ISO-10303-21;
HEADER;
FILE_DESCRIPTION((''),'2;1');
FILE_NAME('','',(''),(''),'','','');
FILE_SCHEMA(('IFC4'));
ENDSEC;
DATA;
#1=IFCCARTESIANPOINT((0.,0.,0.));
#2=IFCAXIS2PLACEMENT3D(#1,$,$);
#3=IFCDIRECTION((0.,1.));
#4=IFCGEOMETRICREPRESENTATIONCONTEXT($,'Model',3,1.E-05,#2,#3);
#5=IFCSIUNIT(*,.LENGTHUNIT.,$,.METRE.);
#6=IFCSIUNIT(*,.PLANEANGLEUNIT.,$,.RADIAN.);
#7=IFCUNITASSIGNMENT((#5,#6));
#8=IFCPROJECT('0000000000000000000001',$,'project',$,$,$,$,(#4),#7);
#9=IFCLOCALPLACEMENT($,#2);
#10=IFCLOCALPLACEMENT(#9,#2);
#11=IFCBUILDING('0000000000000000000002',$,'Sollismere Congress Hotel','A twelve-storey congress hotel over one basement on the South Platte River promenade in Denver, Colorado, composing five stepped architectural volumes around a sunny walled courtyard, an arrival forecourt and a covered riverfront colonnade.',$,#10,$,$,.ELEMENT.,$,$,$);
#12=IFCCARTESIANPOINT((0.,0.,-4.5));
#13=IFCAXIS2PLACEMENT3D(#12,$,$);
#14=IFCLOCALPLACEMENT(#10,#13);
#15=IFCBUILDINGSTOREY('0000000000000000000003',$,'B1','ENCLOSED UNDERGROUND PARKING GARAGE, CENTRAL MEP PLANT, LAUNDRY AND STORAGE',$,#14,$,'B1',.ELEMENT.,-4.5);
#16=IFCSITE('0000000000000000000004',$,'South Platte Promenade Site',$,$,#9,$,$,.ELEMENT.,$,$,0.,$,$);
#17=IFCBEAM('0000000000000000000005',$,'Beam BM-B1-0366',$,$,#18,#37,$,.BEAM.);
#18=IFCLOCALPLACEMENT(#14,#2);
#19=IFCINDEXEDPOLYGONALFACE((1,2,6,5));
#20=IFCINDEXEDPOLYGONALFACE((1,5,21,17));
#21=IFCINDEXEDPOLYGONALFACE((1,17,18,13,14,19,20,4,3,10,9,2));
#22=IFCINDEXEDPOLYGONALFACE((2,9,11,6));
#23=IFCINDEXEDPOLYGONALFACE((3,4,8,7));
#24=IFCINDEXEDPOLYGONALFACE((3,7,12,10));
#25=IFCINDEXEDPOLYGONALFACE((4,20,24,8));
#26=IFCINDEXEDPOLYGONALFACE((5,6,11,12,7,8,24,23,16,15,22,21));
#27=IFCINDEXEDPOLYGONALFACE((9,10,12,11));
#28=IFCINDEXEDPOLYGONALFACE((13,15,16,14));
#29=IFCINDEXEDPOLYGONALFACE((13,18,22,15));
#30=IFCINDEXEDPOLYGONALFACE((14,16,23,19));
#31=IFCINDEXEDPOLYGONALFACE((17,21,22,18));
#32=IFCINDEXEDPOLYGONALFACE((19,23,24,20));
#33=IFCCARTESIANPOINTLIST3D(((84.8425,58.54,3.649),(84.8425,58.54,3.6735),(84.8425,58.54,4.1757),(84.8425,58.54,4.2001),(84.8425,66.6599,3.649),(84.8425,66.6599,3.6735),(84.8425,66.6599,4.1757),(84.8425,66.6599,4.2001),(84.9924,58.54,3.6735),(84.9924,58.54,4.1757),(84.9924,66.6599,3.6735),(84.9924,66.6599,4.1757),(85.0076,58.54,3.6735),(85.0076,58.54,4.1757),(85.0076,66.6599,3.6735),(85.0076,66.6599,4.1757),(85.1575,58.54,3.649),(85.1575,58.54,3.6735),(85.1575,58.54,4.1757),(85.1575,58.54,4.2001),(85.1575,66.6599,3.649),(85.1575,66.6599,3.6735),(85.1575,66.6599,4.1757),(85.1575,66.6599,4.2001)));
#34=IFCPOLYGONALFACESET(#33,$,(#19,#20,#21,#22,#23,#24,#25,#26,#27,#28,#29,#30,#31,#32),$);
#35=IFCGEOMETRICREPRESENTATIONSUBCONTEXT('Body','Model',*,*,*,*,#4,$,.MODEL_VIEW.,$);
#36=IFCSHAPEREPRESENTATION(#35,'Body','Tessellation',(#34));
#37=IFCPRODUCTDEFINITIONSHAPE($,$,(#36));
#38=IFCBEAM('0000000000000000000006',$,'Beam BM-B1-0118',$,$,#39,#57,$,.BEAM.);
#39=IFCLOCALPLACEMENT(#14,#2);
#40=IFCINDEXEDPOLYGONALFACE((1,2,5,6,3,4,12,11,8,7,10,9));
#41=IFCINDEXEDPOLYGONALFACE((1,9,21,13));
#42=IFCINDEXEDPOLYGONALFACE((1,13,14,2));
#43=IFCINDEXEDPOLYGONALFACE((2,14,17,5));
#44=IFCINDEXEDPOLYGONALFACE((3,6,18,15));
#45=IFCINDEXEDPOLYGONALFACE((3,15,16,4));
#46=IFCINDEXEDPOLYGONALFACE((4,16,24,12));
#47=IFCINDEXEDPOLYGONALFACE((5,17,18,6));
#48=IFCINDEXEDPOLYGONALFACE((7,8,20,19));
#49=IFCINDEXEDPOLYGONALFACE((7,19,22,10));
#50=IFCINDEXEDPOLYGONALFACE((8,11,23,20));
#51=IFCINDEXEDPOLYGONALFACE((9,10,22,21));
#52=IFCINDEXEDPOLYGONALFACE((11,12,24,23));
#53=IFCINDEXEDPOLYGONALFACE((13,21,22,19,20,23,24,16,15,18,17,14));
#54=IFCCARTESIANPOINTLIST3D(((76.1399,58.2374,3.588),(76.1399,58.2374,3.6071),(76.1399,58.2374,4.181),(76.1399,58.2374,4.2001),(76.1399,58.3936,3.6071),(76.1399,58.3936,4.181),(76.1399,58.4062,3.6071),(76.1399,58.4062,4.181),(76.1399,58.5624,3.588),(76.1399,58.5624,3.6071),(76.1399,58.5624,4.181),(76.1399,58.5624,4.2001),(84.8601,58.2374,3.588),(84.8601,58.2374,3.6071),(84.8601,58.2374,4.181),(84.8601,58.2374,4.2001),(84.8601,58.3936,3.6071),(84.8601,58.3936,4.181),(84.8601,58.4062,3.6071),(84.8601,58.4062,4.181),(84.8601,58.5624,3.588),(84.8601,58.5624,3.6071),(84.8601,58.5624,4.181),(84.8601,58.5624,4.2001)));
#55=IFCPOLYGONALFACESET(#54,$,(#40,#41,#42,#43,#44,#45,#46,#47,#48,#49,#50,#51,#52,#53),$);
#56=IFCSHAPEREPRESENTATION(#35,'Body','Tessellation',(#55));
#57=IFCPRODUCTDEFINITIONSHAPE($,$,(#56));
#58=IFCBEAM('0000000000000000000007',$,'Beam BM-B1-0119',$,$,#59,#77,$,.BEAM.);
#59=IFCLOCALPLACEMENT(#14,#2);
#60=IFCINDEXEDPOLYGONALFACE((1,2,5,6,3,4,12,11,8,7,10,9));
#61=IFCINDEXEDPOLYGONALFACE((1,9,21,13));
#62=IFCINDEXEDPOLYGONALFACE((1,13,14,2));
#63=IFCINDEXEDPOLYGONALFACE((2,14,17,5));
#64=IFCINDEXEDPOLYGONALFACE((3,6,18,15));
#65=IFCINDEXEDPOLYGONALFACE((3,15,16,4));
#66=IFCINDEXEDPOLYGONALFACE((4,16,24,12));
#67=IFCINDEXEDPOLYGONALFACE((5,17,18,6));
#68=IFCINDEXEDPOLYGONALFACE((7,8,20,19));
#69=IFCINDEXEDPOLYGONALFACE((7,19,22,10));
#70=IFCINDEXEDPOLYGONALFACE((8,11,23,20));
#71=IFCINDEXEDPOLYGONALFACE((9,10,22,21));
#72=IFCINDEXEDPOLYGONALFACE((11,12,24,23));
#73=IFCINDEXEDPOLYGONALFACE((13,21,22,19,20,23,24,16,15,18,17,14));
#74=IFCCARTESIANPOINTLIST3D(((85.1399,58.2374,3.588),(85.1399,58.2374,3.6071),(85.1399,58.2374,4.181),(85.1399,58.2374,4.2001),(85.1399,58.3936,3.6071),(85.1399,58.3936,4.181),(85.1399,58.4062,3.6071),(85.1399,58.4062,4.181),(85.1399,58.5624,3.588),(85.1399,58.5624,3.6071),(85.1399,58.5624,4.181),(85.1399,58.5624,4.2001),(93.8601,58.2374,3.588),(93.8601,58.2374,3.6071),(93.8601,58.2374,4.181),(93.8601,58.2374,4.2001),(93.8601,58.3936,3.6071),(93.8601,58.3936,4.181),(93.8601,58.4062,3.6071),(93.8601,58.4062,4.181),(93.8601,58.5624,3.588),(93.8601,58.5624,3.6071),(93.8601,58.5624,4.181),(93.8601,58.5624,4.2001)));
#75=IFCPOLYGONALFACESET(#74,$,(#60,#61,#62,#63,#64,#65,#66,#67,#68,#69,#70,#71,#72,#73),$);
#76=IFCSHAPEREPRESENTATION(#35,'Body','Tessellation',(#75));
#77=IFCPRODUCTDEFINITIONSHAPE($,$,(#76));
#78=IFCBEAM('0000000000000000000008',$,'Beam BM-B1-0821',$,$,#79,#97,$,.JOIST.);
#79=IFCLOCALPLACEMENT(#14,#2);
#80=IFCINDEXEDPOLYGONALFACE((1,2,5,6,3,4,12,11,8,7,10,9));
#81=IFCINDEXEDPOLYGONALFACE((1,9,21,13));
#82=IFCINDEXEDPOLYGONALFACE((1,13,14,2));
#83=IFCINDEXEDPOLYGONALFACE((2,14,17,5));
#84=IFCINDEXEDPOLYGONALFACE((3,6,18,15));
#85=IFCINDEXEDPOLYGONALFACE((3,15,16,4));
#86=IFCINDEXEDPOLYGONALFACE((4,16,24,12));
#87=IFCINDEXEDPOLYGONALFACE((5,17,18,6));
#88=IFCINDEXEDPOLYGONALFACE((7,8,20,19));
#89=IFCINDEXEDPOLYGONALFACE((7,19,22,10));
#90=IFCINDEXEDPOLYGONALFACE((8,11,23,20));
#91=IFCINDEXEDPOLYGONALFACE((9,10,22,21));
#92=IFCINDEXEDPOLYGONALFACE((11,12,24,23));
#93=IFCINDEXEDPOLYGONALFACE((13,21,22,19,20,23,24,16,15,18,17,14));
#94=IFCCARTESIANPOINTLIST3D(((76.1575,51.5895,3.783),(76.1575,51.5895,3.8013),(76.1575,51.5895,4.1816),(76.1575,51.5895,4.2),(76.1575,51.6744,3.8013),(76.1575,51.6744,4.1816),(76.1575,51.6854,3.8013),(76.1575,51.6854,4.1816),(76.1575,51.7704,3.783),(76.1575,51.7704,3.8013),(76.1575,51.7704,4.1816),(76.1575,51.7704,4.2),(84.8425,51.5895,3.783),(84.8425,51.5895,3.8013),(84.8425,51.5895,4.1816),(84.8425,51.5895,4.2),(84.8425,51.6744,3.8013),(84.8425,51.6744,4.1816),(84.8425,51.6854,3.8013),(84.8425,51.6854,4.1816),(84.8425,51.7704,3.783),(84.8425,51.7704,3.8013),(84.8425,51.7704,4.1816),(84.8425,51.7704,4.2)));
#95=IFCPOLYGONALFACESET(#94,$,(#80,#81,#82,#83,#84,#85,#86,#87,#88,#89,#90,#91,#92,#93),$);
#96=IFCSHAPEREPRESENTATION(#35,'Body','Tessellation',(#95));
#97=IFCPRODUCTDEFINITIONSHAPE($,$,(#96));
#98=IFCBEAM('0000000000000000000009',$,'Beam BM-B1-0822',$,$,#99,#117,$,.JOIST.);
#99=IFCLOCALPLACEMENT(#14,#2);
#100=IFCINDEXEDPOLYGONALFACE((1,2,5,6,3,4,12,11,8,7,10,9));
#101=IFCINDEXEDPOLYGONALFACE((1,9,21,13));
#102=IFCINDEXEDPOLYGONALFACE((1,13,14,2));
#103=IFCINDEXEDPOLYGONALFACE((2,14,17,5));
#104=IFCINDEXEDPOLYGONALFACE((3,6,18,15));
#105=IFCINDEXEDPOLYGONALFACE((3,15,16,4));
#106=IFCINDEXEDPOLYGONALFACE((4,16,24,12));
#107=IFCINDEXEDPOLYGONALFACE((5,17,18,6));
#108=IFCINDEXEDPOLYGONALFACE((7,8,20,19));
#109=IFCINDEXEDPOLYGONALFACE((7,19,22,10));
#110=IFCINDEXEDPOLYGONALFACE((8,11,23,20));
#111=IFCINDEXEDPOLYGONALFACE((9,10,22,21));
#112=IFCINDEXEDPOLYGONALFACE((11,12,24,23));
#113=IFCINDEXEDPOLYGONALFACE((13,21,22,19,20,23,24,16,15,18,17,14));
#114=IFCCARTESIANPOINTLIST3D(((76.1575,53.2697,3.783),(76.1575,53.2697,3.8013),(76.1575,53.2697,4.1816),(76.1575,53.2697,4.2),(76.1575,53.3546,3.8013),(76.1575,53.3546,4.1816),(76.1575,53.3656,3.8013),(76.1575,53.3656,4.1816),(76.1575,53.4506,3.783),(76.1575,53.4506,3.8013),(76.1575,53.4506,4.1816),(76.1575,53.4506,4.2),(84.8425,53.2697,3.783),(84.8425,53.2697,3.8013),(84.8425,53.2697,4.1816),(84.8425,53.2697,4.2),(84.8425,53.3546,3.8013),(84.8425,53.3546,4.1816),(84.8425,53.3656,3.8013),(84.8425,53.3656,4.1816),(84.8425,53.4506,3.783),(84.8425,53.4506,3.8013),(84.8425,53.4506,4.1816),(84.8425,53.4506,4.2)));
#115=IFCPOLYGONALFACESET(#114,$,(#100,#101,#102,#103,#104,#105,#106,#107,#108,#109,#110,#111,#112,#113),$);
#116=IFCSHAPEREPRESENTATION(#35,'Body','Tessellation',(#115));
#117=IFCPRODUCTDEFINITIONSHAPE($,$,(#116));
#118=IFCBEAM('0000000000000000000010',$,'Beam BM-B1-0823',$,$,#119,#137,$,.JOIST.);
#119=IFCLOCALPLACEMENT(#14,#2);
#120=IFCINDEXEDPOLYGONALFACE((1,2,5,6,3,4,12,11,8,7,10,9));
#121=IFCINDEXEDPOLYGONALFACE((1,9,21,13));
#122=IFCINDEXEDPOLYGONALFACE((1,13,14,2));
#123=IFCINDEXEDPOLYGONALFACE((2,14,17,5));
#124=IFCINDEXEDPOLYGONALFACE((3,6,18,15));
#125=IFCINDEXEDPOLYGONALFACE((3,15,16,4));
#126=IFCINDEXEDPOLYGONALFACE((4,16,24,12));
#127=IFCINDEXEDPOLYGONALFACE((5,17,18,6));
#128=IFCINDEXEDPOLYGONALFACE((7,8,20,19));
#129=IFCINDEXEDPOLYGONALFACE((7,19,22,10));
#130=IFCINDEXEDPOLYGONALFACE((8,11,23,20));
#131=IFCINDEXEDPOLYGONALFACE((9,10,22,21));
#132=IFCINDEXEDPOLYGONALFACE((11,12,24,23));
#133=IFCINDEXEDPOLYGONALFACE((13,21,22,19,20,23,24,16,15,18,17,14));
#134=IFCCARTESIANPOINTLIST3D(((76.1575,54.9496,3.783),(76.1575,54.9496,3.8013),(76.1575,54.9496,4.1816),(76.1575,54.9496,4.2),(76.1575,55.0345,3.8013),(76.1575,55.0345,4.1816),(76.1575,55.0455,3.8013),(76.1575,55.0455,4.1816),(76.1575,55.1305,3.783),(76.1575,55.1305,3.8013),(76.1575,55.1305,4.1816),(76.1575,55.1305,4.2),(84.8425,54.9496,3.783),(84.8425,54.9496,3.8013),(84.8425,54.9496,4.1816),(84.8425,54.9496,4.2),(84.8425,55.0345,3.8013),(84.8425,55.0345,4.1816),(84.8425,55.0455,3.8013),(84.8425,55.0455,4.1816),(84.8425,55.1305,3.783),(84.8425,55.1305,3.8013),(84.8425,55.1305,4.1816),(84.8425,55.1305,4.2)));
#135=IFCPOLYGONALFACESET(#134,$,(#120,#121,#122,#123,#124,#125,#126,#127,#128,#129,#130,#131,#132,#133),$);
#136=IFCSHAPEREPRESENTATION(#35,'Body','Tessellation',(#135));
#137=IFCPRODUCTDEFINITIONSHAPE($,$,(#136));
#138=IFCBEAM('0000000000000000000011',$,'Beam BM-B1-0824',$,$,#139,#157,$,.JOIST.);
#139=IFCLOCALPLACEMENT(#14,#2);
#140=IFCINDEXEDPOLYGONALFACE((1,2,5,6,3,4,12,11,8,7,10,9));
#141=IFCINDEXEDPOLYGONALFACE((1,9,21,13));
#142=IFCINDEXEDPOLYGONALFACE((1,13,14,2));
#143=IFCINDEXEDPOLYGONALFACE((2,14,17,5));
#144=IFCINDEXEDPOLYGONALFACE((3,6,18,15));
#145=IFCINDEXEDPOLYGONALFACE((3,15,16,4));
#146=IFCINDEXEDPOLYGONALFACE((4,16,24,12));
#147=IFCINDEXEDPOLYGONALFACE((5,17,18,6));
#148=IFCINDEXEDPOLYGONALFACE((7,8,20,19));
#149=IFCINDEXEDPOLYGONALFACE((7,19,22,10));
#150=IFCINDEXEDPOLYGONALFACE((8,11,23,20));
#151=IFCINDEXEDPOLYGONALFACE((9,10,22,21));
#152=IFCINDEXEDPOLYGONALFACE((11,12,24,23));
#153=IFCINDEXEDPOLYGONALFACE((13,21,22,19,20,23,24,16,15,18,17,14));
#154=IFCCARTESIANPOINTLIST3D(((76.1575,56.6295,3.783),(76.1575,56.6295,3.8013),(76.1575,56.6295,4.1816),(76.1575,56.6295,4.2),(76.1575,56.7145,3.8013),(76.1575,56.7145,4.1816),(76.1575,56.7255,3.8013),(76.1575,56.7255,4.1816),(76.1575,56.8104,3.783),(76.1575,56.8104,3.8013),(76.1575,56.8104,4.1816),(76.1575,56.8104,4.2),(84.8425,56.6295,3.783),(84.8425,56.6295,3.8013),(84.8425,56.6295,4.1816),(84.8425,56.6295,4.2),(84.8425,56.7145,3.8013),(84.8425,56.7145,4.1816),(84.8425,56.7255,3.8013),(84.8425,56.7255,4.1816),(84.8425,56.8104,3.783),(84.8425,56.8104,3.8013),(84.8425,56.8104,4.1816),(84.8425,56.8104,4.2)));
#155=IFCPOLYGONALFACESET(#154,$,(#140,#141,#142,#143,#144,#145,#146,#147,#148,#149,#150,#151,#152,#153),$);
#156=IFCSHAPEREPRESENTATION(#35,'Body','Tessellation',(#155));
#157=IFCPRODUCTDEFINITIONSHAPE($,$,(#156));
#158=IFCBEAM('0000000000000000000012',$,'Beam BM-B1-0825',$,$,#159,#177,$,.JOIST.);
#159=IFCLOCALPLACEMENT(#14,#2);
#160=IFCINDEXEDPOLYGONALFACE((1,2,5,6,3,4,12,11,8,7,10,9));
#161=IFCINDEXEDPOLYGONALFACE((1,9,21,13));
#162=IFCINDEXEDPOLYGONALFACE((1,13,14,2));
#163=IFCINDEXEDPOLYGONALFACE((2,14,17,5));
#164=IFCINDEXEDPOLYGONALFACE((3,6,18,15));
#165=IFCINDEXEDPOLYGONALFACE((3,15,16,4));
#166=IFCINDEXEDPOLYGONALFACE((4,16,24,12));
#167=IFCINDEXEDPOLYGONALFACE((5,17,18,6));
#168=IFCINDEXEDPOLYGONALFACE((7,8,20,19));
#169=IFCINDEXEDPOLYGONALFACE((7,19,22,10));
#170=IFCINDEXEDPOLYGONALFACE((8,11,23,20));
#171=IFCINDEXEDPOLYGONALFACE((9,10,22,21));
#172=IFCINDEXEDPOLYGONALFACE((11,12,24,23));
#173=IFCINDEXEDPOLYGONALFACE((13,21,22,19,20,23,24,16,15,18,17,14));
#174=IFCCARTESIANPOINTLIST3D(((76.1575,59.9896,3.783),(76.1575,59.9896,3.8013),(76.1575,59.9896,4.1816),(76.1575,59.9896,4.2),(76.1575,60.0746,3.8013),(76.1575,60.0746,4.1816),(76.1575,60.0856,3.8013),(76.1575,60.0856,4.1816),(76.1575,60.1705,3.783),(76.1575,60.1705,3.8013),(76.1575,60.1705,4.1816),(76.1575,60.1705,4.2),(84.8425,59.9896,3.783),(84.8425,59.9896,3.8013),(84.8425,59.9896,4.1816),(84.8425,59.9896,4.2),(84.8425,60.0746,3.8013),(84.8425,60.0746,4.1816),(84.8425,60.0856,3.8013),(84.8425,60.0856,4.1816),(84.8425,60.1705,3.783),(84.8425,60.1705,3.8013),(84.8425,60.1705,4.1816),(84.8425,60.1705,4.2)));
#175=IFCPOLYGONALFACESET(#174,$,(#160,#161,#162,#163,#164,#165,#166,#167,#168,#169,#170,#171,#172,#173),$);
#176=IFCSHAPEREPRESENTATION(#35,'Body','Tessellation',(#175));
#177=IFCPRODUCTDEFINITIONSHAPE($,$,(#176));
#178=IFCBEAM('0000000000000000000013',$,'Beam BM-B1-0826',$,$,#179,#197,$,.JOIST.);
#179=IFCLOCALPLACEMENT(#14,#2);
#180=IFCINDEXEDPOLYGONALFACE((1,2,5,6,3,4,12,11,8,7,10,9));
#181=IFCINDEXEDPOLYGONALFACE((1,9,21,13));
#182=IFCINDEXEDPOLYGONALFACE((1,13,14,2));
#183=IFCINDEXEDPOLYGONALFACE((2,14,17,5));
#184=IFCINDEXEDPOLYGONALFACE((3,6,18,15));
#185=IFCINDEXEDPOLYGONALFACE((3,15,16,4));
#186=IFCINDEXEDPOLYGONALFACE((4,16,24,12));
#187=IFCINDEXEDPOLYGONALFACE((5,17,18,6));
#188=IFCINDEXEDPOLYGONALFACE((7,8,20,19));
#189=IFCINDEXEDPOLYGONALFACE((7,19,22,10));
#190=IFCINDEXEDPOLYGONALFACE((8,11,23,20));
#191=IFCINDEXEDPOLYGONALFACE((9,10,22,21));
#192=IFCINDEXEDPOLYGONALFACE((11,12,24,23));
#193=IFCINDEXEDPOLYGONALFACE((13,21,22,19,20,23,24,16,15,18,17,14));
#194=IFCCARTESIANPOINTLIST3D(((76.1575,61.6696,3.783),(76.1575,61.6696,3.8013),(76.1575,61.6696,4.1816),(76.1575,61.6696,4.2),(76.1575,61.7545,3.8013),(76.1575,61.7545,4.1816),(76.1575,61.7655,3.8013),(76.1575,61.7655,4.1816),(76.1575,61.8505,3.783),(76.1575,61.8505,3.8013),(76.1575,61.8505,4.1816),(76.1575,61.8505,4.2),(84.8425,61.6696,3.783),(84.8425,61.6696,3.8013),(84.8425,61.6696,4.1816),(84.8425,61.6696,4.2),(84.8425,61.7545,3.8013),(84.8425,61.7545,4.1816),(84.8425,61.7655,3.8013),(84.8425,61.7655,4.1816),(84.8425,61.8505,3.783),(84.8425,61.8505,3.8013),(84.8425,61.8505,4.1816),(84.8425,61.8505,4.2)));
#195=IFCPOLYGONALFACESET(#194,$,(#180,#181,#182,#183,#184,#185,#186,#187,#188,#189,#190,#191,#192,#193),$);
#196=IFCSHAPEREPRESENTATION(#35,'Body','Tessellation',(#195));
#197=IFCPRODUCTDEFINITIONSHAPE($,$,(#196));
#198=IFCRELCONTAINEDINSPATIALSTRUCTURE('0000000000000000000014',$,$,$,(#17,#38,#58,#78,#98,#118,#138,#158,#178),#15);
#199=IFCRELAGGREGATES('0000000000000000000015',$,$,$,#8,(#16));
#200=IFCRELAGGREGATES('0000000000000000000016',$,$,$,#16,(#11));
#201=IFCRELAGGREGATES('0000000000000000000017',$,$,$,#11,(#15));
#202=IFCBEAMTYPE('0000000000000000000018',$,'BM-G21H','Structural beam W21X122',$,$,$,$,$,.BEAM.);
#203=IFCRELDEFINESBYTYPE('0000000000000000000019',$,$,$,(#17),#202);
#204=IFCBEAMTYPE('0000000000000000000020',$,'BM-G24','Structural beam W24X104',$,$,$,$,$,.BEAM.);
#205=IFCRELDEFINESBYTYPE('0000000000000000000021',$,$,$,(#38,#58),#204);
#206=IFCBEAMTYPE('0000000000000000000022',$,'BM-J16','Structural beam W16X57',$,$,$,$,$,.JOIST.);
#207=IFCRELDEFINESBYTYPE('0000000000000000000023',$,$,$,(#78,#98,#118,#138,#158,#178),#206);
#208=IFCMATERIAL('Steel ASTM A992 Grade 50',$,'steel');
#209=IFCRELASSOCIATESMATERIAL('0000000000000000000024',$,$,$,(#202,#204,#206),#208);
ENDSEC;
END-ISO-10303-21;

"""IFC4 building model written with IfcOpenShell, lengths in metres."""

from ifc_helpers import new_model, si_unit, direction, frame, origin, origin_2d, place, context, subcontext, project, spatial, i_section, extrude, material, material_profile, profile_set, type_object, element, save


model = new_model("IFC4")

# Units and contexts
model_context = context("Model", 3, precision=1e-05, world=origin(), true_north=direction((0.0, 1.0)))
body_context = subcontext(model_context, "Body", "Model", "MODEL_VIEW")
ifc_project = project(units=[si_unit("LENGTHUNIT", "METRE"), si_unit("PLANEANGLEUNIT", "RADIAN")], contexts=[model_context])

# Site, building, storey
site_placement = place(None, origin())
site = spatial("IfcSite", under=ifc_project, at=site_placement, Name="South Platte Promenade Site", CompositionType="ELEMENT", RefElevation=0.0)
building_placement = place(site_placement, origin())
building = spatial("IfcBuilding", under=site, at=building_placement, Name="Sollismere Congress Hotel", Description="A twelve-storey congress hotel over one basement on the South Platte River promenade in Denver, Colorado, composing five stepped architectural volumes around a sunny walled courtyard, an arrival forecourt and a covered riverfront colonnade.", CompositionType="ELEMENT")
storey_placement = place(building_placement, frame((0.0, 0.0, -4.5)))
storey = spatial("IfcBuildingStorey", under=building, at=storey_placement, Name="B1", Description="ENCLOSED UNDERGROUND PARKING GARAGE, CENTRAL MEP PLANT, LAUNDRY AND STORAGE", LongName="B1", CompositionType="ELEMENT", Elevation=-4.5)

# Beams
ifc_material_1 = material(Name="Steel ASTM A992 Grade 50", Category="steel")
ifc_material_profile_1 = material_profile(ifc_material_1, i_section(OverallWidth=0.3149, OverallDepth=0.551, WebThickness=0.0151, FlangeThickness=0.0244, at=origin_2d()), Name="W21X122")
ifc_profile_set_1 = profile_set([ifc_material_profile_1], Name="Steel ASTM A992 Grade 50")
beam_type_1 = type_object("IfcBeamType", Name="BM-G21H", Description="Structural beam W21X122", PredefinedType="BEAM", material=ifc_profile_set_1)
for number, where, z_axis, x_axis, name in (
    (1, (85.0, 58.54, 3.9246), (0.0, 1.0, 0.0), (-1.0, 0.0, 0.0), "Beam BM-B1-0366"),
):
    element("IfcBeam", number, at=place(storey_placement, frame(where, z_axis=z_axis, x_axis=x_axis)), inside=storey, type_object=beam_type_1, Name=name, PredefinedType="BEAM", context=body_context, shape_type="SweptSolid", body=[
        extrude(i_section(OverallWidth=0.3149, OverallDepth=0.551, WebThickness=0.0151, FlangeThickness=0.0244, at=origin_2d()), origin(), (0.0, 0.0, 1.0), 8.1199),
    ])
ifc_material_profile_2 = material_profile(ifc_material_1, i_section(OverallWidth=0.325, OverallDepth=0.6121, WebThickness=0.0127, FlangeThickness=0.019, at=origin_2d()), Name="W24X104")
ifc_profile_set_2 = profile_set([ifc_material_profile_2], Name="Steel ASTM A992 Grade 50")
beam_type_2 = type_object("IfcBeamType", Name="BM-G24", Description="Structural beam W24X104", PredefinedType="BEAM", material=ifc_profile_set_2)
for number, where, z_axis, x_axis, name in (
    (2, (76.1399, 58.3999, 3.894), (1.0, 0.0, 0.0), (0.0, 1.0, 0.0), "Beam BM-B1-0118"),
    (3, (85.1399, 58.3999, 3.894), (1.0, 0.0, 0.0), (0.0, 1.0, 0.0), "Beam BM-B1-0119"),
):
    element("IfcBeam", number, at=place(storey_placement, frame(where, z_axis=z_axis, x_axis=x_axis)), inside=storey, type_object=beam_type_2, Name=name, PredefinedType="BEAM", context=body_context, shape_type="SweptSolid", body=[
        extrude(i_section(OverallWidth=0.325, OverallDepth=0.6121, WebThickness=0.0127, FlangeThickness=0.019, at=origin_2d()), origin(), (0.0, 0.0, 1.0), 8.7202),
    ])
ifc_material_profile_3 = material_profile(ifc_material_1, i_section(OverallWidth=0.1809, OverallDepth=0.417, WebThickness=0.011, FlangeThickness=0.0183, at=origin_2d()), Name="W16X57")
ifc_profile_set_3 = profile_set([ifc_material_profile_3], Name="Steel ASTM A992 Grade 50")
beam_type_3 = type_object("IfcBeamType", Name="BM-J16", Description="Structural beam W16X57", PredefinedType="JOIST", material=ifc_profile_set_3)
for number, where, z_axis, x_axis, name in (
    (4, (76.1575, 51.6799, 3.9915), (1.0, 0.0, 0.0), (0.0, 1.0, 0.0), "Beam BM-B1-0821"),
    (5, (76.1575, 53.3601, 3.9915), (1.0, 0.0, 0.0), (0.0, 1.0, 0.0), "Beam BM-B1-0822"),
    (6, (76.1575, 55.04, 3.9915), (1.0, 0.0, 0.0), (0.0, 1.0, 0.0), "Beam BM-B1-0823"),
    (7, (76.1575, 56.72, 3.9915), (1.0, 0.0, 0.0), (0.0, 1.0, 0.0), "Beam BM-B1-0824"),
    (8, (76.1575, 60.0801, 3.9915), (1.0, 0.0, 0.0), (0.0, 1.0, 0.0), "Beam BM-B1-0825"),
    (9, (76.1575, 61.76, 3.9915), (1.0, 0.0, 0.0), (0.0, 1.0, 0.0), "Beam BM-B1-0826"),
):
    element("IfcBeam", number, at=place(storey_placement, frame(where, z_axis=z_axis, x_axis=x_axis)), inside=storey, type_object=beam_type_3, Name=name, PredefinedType="JOIST", context=body_context, shape_type="SweptSolid", body=[
        extrude(i_section(OverallWidth=0.1809, OverallDepth=0.417, WebThickness=0.011, FlangeThickness=0.0183, at=origin_2d()), origin(), (0.0, 0.0, 1.0), 8.6851),
    ])

save(model, "model.ifc")
